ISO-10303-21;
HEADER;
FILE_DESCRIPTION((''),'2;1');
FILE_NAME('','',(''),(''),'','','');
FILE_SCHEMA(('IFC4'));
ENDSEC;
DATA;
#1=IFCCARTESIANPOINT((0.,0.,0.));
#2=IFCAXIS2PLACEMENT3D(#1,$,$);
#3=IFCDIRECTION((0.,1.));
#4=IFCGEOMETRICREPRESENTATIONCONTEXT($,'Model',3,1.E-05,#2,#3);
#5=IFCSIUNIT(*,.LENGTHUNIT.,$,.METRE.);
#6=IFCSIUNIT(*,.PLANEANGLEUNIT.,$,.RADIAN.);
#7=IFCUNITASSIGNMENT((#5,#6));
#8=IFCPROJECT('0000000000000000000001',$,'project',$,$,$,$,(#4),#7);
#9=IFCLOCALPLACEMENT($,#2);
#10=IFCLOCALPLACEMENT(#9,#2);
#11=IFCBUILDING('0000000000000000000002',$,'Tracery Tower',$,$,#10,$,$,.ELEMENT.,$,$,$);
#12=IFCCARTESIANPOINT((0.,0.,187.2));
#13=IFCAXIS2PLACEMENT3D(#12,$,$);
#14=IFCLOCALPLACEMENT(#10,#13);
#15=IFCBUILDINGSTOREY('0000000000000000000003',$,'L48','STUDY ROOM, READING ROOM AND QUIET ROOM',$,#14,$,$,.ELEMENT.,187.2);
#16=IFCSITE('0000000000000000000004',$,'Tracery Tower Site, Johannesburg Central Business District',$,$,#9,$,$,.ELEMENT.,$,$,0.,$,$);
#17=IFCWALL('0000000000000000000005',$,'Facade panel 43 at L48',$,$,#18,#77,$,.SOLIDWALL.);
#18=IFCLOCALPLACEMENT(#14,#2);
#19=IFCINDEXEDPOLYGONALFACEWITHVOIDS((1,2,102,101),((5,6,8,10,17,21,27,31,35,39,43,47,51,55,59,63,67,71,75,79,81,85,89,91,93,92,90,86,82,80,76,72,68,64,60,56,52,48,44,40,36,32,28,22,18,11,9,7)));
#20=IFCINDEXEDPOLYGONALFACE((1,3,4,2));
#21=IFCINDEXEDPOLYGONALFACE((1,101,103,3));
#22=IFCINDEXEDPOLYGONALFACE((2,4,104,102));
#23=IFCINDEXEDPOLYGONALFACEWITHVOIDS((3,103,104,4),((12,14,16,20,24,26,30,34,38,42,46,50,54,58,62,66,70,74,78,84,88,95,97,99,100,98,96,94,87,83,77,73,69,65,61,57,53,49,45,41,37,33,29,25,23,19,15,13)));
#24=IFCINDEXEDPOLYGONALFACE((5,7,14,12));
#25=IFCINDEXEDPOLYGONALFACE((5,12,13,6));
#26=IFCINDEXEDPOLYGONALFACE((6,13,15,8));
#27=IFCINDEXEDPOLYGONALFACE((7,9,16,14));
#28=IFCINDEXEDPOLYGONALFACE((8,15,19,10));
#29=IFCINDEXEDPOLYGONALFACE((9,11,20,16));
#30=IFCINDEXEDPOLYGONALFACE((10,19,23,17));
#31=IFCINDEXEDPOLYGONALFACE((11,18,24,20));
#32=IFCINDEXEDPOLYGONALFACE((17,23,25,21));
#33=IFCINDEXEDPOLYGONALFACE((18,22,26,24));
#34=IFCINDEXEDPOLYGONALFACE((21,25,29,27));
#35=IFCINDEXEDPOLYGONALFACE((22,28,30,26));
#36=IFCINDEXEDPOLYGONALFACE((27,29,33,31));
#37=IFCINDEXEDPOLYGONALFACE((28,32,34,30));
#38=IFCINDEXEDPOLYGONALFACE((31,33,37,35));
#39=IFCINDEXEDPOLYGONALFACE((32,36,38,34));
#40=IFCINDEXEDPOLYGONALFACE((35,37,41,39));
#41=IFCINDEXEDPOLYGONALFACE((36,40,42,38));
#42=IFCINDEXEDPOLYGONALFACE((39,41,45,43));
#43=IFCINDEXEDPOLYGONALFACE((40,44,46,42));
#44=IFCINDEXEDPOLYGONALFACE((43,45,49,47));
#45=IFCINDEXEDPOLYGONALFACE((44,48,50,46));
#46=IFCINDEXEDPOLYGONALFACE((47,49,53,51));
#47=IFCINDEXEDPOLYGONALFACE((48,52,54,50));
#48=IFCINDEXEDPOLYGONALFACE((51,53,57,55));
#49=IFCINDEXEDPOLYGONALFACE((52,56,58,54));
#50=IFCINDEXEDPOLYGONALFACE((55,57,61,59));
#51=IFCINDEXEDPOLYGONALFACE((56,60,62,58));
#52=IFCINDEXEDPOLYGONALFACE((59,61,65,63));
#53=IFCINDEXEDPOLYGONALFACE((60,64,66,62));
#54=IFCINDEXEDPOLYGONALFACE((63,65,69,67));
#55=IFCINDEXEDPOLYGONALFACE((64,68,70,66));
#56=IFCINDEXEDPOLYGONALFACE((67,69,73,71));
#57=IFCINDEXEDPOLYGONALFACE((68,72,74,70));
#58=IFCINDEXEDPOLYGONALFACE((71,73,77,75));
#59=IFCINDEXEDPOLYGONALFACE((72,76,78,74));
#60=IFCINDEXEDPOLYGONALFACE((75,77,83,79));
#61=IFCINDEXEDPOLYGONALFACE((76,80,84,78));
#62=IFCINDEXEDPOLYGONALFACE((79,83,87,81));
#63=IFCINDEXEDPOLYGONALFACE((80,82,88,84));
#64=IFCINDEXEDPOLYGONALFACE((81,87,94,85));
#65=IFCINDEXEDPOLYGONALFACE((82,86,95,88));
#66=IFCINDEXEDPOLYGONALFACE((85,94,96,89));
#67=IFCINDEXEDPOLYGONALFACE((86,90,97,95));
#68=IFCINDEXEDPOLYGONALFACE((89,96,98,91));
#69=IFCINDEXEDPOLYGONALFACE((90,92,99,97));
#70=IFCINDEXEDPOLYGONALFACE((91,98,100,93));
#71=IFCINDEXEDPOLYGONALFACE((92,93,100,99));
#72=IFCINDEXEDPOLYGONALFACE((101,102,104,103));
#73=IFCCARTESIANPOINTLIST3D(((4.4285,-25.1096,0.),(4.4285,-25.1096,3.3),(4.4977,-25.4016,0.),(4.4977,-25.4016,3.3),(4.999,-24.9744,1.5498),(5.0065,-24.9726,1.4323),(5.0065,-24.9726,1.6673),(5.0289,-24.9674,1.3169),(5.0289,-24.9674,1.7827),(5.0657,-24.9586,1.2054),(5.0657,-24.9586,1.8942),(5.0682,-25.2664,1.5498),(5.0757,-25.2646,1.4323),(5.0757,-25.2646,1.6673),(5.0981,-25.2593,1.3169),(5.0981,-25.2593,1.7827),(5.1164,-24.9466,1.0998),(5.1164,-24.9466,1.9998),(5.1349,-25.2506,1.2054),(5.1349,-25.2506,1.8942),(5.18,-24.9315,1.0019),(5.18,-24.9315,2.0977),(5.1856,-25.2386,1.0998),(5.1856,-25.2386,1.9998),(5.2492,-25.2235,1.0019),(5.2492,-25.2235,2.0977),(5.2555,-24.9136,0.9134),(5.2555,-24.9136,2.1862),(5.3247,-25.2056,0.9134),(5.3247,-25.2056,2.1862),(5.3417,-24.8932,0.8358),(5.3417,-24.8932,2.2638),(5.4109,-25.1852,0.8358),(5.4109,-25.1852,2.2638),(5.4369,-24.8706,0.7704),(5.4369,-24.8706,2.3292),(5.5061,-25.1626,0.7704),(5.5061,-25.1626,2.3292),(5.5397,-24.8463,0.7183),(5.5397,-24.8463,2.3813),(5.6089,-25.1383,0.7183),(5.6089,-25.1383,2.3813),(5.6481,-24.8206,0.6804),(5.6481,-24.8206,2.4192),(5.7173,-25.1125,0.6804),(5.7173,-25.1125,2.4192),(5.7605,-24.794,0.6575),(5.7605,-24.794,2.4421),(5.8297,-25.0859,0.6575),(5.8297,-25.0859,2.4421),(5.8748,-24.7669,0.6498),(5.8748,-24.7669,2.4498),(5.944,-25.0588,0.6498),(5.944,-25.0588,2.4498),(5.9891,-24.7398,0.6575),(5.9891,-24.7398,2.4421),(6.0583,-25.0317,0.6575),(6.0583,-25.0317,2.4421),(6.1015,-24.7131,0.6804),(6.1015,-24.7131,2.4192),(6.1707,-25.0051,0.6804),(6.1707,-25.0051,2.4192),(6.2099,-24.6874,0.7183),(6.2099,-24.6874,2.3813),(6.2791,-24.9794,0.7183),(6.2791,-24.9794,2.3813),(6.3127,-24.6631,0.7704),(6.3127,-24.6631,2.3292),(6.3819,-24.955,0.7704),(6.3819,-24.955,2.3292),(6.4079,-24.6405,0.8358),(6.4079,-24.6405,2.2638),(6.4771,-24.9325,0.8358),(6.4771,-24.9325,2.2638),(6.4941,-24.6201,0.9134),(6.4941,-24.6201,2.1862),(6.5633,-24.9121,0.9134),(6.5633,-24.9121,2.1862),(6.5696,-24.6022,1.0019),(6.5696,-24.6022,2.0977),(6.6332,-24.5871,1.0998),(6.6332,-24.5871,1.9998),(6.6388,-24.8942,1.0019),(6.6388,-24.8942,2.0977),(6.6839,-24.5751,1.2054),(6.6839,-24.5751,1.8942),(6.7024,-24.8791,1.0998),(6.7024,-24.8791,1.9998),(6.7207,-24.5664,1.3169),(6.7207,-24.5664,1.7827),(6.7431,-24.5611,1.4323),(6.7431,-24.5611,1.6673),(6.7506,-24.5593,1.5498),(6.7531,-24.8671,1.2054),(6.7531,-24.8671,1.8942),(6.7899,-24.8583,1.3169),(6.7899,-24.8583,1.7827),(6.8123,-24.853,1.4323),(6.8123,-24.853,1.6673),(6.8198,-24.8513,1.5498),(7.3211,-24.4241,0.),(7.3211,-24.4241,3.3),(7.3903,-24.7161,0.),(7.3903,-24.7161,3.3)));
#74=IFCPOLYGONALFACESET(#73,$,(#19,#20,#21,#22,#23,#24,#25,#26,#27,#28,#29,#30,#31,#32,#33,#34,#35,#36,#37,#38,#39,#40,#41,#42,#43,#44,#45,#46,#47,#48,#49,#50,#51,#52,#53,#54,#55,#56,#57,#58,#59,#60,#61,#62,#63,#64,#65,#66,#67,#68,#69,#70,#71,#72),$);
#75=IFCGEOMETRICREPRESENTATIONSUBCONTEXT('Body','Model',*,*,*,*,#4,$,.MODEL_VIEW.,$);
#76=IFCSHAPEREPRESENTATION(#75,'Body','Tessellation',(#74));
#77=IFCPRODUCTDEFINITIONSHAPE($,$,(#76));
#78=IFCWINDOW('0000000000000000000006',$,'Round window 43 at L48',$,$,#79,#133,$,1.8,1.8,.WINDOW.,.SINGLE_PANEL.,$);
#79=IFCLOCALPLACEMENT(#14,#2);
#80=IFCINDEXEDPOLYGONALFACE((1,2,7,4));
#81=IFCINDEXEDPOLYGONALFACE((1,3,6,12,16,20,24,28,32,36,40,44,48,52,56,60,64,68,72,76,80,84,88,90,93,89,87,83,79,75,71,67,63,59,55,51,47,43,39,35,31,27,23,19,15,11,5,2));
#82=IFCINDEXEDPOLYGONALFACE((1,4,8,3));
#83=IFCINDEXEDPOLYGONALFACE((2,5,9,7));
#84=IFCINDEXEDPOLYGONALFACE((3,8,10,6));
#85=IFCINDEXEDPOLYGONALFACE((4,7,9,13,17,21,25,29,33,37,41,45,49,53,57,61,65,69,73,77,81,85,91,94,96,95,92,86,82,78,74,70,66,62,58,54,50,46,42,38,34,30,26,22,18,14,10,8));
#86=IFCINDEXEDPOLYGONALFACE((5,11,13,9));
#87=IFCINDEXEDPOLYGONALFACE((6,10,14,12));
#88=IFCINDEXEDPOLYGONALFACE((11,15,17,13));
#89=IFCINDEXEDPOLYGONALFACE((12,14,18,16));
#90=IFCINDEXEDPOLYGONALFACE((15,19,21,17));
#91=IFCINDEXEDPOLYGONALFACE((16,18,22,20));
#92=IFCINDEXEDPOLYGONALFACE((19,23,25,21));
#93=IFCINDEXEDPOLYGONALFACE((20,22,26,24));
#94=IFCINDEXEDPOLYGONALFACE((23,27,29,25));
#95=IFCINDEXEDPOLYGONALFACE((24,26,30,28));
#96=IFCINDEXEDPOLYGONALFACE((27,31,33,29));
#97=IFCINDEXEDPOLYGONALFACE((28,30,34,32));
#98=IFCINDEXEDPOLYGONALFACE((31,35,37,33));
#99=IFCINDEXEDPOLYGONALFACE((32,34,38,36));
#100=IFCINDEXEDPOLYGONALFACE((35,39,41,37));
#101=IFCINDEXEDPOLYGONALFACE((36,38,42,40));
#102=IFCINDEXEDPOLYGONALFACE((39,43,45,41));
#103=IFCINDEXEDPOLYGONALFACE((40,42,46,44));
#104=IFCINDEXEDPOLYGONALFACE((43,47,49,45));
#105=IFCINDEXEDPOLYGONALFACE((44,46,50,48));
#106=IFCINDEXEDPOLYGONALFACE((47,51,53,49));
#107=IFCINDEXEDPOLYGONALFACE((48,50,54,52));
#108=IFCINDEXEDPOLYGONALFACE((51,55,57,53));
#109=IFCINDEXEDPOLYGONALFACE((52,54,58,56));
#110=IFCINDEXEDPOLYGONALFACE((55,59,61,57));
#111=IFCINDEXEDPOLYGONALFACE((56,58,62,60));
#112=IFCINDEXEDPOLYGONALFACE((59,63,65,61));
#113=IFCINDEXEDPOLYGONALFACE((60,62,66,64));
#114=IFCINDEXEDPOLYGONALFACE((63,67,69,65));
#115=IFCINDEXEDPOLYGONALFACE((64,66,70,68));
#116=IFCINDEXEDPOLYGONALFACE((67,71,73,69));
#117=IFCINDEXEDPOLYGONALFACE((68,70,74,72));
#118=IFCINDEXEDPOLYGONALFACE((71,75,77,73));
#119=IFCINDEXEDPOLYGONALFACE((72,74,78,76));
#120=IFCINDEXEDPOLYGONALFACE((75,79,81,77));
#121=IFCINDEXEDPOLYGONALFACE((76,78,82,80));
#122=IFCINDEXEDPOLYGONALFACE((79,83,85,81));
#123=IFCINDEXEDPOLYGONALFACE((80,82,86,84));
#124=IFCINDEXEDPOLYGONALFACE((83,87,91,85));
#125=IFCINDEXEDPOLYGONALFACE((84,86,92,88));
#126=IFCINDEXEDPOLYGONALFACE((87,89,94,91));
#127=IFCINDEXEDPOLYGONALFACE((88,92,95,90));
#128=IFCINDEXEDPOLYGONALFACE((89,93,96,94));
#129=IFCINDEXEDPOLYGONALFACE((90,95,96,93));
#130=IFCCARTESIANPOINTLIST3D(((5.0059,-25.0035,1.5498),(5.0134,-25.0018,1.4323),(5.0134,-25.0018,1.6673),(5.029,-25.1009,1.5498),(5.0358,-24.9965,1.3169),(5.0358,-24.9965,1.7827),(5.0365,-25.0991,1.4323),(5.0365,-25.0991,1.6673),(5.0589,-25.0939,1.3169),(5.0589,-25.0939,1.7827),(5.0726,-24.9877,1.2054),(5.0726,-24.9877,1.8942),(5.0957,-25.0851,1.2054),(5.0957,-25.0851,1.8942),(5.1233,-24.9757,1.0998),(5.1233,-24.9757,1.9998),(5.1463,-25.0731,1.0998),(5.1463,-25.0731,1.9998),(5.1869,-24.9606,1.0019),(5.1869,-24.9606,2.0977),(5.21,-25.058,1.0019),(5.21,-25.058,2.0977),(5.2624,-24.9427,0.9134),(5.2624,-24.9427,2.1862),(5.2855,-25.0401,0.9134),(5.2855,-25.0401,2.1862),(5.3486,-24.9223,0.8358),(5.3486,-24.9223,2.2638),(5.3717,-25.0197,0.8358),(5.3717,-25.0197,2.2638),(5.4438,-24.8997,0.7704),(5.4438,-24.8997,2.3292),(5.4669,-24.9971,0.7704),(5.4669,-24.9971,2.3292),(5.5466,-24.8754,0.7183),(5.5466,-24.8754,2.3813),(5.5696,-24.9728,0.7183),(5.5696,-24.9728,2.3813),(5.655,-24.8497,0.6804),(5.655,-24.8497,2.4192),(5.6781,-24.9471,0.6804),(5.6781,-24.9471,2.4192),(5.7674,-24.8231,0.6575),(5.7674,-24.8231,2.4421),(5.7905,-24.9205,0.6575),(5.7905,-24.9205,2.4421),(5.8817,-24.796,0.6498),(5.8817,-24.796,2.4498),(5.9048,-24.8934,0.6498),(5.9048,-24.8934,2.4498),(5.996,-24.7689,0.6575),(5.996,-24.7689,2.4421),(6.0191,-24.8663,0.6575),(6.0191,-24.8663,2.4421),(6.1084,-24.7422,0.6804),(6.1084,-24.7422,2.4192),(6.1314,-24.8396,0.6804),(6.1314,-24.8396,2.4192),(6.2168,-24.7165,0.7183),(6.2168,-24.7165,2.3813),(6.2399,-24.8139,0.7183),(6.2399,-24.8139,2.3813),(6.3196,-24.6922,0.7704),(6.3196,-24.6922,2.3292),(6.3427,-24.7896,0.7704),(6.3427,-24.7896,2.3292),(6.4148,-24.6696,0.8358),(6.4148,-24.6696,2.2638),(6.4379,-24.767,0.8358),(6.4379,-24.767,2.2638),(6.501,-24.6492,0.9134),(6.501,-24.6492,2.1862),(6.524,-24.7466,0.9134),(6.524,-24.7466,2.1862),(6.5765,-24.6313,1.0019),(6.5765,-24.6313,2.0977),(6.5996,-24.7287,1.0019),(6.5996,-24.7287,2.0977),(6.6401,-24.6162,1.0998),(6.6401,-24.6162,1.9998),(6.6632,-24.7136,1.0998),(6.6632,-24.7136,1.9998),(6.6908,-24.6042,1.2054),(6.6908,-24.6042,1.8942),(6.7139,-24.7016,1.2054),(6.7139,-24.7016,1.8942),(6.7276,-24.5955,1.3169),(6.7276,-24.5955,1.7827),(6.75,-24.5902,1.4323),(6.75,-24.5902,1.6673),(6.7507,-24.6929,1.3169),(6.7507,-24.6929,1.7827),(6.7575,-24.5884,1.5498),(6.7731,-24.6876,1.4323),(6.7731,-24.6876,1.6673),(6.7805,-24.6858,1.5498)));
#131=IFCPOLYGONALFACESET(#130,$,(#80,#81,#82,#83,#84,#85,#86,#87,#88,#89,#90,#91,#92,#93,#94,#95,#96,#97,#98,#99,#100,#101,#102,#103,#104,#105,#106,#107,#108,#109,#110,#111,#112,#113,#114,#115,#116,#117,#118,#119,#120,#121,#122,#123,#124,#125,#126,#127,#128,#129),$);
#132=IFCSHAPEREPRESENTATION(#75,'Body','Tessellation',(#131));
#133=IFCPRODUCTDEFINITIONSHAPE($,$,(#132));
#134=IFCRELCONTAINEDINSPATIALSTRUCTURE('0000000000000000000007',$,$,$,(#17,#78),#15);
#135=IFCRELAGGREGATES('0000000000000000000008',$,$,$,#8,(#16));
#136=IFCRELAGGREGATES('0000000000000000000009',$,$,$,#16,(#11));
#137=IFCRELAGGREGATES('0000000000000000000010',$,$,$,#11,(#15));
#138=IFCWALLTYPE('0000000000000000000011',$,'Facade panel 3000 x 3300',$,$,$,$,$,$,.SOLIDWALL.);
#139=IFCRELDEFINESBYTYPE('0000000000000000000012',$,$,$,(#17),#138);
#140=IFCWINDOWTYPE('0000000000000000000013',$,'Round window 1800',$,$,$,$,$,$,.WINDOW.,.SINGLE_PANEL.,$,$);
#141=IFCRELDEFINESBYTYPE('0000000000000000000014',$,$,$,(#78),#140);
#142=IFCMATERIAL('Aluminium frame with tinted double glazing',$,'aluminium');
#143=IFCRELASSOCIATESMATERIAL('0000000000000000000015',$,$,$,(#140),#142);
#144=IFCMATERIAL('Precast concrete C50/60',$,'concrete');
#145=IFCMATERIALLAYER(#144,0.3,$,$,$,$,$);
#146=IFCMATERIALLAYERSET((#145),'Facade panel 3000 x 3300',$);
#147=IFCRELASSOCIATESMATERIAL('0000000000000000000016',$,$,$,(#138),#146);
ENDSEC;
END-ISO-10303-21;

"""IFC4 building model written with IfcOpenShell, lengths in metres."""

from ifc_helpers import new_model, si_unit, direction, frame, frame_2d, origin, origin_2d, place, context, subcontext, project, spatial, rectangle, circle, extrude, material, layer, layer_set, type_object, element, fill, save


model = new_model("IFC4")

# Units and contexts
model_context = context("Model", 3, precision=1e-05, world=origin(), true_north=direction((0.0, 1.0)))
body_context = subcontext(model_context, "Body", "Model", "MODEL_VIEW")
ifc_project = project(units=[si_unit("LENGTHUNIT", "METRE"), si_unit("PLANEANGLEUNIT", "RADIAN")], contexts=[model_context])

# Site, building, storey
site_placement = place(None, origin())
site = spatial("IfcSite", under=ifc_project, at=site_placement, Name="Tracery Tower Site, Johannesburg Central Business District", CompositionType="ELEMENT", RefElevation=0.0)
building_placement = place(site_placement, origin())
building = spatial("IfcBuilding", under=site, at=building_placement, Name="Tracery Tower", CompositionType="ELEMENT")
storey_placement = place(building_placement, frame((0.0, 0.0, 187.2)))
storey = spatial("IfcBuildingStorey", under=building, at=storey_placement, Name="L48", Description="STUDY ROOM, READING ROOM AND QUIET ROOM", CompositionType="ELEMENT", Elevation=187.2)

# Wall, opening, window
ifc_material_1 = material(Name="Aluminium frame with tinted double glazing", Category="aluminium")
window_type = type_object("IfcWindowType", Name="Round window 1800", PartitioningType="SINGLE_PANEL", PredefinedType="WINDOW", material=ifc_material_1)
ifc_material_2 = material(Name="Precast concrete C50/60", Category="concrete")
ifc_layer_1 = layer(ifc_material_2, 0.3)
ifc_layer_set_1 = layer_set([ifc_layer_1], Name="Facade panel 3000 x 3300")
wall_type_1 = type_object("IfcWallType", Name="Facade panel 3000 x 3300", PredefinedType="SOLIDWALL", material=ifc_layer_set_1)
wall_1_placement = place(storey_placement, frame((4.4631, -25.2556, 0.0), z_axis=(0.0, 0.0, 1.0), x_axis=(0.973045, 0.230614, 0.0)))
wall_1 = element("IfcWall", 1, at=wall_1_placement, inside=storey, type_object=wall_type_1, Name="Facade panel 43 at L48", PredefinedType="SOLIDWALL", context=body_context, shape_type="SweptSolid", body=[
    extrude(rectangle(XDim=2.9727, YDim=0.3, at=frame_2d((1.4863, 0.0))), origin(), (0.0, 0.0, 1.0), 3.3),
])
opening_1_placement = place(wall_1_placement, frame((1.4863, 0.0, 1.5498)))
opening_1 = element("IfcOpeningElement", 2, at=opening_1_placement, cuts=wall_1, PredefinedType="OPENING", context=body_context, shape_type="SweptSolid", body=[
    extrude(circle(Radius=0.9, at=origin_2d()), frame((0.0, 0.1599, 0.0), z_axis=(0.0, -1.0, 0.0), x_axis=(1.0, 0.0, 0.0)), (0.0, 0.0, 1.0), 0.3201),
])
window_1_placement = place(opening_1_placement, origin())
window_1 = element("IfcWindow", 3, at=window_1_placement, inside=storey, type_object=window_type, Name="Round window 43 at L48", OverallHeight=1.8, OverallWidth=1.8, PartitioningType="SINGLE_PANEL", PredefinedType="WINDOW", context=body_context, shape_type="SweptSolid", body=[
    extrude(circle(Radius=0.9, at=origin_2d()), frame((0.0, 0.1201, 0.0), z_axis=(0.0, -1.0, 0.0), x_axis=(1.0, 0.0, 0.0)), (0.0, 0.0, 1.0), 0.1001),
])
fill(opening_1, window_1)

save(model, "model.ifc")
